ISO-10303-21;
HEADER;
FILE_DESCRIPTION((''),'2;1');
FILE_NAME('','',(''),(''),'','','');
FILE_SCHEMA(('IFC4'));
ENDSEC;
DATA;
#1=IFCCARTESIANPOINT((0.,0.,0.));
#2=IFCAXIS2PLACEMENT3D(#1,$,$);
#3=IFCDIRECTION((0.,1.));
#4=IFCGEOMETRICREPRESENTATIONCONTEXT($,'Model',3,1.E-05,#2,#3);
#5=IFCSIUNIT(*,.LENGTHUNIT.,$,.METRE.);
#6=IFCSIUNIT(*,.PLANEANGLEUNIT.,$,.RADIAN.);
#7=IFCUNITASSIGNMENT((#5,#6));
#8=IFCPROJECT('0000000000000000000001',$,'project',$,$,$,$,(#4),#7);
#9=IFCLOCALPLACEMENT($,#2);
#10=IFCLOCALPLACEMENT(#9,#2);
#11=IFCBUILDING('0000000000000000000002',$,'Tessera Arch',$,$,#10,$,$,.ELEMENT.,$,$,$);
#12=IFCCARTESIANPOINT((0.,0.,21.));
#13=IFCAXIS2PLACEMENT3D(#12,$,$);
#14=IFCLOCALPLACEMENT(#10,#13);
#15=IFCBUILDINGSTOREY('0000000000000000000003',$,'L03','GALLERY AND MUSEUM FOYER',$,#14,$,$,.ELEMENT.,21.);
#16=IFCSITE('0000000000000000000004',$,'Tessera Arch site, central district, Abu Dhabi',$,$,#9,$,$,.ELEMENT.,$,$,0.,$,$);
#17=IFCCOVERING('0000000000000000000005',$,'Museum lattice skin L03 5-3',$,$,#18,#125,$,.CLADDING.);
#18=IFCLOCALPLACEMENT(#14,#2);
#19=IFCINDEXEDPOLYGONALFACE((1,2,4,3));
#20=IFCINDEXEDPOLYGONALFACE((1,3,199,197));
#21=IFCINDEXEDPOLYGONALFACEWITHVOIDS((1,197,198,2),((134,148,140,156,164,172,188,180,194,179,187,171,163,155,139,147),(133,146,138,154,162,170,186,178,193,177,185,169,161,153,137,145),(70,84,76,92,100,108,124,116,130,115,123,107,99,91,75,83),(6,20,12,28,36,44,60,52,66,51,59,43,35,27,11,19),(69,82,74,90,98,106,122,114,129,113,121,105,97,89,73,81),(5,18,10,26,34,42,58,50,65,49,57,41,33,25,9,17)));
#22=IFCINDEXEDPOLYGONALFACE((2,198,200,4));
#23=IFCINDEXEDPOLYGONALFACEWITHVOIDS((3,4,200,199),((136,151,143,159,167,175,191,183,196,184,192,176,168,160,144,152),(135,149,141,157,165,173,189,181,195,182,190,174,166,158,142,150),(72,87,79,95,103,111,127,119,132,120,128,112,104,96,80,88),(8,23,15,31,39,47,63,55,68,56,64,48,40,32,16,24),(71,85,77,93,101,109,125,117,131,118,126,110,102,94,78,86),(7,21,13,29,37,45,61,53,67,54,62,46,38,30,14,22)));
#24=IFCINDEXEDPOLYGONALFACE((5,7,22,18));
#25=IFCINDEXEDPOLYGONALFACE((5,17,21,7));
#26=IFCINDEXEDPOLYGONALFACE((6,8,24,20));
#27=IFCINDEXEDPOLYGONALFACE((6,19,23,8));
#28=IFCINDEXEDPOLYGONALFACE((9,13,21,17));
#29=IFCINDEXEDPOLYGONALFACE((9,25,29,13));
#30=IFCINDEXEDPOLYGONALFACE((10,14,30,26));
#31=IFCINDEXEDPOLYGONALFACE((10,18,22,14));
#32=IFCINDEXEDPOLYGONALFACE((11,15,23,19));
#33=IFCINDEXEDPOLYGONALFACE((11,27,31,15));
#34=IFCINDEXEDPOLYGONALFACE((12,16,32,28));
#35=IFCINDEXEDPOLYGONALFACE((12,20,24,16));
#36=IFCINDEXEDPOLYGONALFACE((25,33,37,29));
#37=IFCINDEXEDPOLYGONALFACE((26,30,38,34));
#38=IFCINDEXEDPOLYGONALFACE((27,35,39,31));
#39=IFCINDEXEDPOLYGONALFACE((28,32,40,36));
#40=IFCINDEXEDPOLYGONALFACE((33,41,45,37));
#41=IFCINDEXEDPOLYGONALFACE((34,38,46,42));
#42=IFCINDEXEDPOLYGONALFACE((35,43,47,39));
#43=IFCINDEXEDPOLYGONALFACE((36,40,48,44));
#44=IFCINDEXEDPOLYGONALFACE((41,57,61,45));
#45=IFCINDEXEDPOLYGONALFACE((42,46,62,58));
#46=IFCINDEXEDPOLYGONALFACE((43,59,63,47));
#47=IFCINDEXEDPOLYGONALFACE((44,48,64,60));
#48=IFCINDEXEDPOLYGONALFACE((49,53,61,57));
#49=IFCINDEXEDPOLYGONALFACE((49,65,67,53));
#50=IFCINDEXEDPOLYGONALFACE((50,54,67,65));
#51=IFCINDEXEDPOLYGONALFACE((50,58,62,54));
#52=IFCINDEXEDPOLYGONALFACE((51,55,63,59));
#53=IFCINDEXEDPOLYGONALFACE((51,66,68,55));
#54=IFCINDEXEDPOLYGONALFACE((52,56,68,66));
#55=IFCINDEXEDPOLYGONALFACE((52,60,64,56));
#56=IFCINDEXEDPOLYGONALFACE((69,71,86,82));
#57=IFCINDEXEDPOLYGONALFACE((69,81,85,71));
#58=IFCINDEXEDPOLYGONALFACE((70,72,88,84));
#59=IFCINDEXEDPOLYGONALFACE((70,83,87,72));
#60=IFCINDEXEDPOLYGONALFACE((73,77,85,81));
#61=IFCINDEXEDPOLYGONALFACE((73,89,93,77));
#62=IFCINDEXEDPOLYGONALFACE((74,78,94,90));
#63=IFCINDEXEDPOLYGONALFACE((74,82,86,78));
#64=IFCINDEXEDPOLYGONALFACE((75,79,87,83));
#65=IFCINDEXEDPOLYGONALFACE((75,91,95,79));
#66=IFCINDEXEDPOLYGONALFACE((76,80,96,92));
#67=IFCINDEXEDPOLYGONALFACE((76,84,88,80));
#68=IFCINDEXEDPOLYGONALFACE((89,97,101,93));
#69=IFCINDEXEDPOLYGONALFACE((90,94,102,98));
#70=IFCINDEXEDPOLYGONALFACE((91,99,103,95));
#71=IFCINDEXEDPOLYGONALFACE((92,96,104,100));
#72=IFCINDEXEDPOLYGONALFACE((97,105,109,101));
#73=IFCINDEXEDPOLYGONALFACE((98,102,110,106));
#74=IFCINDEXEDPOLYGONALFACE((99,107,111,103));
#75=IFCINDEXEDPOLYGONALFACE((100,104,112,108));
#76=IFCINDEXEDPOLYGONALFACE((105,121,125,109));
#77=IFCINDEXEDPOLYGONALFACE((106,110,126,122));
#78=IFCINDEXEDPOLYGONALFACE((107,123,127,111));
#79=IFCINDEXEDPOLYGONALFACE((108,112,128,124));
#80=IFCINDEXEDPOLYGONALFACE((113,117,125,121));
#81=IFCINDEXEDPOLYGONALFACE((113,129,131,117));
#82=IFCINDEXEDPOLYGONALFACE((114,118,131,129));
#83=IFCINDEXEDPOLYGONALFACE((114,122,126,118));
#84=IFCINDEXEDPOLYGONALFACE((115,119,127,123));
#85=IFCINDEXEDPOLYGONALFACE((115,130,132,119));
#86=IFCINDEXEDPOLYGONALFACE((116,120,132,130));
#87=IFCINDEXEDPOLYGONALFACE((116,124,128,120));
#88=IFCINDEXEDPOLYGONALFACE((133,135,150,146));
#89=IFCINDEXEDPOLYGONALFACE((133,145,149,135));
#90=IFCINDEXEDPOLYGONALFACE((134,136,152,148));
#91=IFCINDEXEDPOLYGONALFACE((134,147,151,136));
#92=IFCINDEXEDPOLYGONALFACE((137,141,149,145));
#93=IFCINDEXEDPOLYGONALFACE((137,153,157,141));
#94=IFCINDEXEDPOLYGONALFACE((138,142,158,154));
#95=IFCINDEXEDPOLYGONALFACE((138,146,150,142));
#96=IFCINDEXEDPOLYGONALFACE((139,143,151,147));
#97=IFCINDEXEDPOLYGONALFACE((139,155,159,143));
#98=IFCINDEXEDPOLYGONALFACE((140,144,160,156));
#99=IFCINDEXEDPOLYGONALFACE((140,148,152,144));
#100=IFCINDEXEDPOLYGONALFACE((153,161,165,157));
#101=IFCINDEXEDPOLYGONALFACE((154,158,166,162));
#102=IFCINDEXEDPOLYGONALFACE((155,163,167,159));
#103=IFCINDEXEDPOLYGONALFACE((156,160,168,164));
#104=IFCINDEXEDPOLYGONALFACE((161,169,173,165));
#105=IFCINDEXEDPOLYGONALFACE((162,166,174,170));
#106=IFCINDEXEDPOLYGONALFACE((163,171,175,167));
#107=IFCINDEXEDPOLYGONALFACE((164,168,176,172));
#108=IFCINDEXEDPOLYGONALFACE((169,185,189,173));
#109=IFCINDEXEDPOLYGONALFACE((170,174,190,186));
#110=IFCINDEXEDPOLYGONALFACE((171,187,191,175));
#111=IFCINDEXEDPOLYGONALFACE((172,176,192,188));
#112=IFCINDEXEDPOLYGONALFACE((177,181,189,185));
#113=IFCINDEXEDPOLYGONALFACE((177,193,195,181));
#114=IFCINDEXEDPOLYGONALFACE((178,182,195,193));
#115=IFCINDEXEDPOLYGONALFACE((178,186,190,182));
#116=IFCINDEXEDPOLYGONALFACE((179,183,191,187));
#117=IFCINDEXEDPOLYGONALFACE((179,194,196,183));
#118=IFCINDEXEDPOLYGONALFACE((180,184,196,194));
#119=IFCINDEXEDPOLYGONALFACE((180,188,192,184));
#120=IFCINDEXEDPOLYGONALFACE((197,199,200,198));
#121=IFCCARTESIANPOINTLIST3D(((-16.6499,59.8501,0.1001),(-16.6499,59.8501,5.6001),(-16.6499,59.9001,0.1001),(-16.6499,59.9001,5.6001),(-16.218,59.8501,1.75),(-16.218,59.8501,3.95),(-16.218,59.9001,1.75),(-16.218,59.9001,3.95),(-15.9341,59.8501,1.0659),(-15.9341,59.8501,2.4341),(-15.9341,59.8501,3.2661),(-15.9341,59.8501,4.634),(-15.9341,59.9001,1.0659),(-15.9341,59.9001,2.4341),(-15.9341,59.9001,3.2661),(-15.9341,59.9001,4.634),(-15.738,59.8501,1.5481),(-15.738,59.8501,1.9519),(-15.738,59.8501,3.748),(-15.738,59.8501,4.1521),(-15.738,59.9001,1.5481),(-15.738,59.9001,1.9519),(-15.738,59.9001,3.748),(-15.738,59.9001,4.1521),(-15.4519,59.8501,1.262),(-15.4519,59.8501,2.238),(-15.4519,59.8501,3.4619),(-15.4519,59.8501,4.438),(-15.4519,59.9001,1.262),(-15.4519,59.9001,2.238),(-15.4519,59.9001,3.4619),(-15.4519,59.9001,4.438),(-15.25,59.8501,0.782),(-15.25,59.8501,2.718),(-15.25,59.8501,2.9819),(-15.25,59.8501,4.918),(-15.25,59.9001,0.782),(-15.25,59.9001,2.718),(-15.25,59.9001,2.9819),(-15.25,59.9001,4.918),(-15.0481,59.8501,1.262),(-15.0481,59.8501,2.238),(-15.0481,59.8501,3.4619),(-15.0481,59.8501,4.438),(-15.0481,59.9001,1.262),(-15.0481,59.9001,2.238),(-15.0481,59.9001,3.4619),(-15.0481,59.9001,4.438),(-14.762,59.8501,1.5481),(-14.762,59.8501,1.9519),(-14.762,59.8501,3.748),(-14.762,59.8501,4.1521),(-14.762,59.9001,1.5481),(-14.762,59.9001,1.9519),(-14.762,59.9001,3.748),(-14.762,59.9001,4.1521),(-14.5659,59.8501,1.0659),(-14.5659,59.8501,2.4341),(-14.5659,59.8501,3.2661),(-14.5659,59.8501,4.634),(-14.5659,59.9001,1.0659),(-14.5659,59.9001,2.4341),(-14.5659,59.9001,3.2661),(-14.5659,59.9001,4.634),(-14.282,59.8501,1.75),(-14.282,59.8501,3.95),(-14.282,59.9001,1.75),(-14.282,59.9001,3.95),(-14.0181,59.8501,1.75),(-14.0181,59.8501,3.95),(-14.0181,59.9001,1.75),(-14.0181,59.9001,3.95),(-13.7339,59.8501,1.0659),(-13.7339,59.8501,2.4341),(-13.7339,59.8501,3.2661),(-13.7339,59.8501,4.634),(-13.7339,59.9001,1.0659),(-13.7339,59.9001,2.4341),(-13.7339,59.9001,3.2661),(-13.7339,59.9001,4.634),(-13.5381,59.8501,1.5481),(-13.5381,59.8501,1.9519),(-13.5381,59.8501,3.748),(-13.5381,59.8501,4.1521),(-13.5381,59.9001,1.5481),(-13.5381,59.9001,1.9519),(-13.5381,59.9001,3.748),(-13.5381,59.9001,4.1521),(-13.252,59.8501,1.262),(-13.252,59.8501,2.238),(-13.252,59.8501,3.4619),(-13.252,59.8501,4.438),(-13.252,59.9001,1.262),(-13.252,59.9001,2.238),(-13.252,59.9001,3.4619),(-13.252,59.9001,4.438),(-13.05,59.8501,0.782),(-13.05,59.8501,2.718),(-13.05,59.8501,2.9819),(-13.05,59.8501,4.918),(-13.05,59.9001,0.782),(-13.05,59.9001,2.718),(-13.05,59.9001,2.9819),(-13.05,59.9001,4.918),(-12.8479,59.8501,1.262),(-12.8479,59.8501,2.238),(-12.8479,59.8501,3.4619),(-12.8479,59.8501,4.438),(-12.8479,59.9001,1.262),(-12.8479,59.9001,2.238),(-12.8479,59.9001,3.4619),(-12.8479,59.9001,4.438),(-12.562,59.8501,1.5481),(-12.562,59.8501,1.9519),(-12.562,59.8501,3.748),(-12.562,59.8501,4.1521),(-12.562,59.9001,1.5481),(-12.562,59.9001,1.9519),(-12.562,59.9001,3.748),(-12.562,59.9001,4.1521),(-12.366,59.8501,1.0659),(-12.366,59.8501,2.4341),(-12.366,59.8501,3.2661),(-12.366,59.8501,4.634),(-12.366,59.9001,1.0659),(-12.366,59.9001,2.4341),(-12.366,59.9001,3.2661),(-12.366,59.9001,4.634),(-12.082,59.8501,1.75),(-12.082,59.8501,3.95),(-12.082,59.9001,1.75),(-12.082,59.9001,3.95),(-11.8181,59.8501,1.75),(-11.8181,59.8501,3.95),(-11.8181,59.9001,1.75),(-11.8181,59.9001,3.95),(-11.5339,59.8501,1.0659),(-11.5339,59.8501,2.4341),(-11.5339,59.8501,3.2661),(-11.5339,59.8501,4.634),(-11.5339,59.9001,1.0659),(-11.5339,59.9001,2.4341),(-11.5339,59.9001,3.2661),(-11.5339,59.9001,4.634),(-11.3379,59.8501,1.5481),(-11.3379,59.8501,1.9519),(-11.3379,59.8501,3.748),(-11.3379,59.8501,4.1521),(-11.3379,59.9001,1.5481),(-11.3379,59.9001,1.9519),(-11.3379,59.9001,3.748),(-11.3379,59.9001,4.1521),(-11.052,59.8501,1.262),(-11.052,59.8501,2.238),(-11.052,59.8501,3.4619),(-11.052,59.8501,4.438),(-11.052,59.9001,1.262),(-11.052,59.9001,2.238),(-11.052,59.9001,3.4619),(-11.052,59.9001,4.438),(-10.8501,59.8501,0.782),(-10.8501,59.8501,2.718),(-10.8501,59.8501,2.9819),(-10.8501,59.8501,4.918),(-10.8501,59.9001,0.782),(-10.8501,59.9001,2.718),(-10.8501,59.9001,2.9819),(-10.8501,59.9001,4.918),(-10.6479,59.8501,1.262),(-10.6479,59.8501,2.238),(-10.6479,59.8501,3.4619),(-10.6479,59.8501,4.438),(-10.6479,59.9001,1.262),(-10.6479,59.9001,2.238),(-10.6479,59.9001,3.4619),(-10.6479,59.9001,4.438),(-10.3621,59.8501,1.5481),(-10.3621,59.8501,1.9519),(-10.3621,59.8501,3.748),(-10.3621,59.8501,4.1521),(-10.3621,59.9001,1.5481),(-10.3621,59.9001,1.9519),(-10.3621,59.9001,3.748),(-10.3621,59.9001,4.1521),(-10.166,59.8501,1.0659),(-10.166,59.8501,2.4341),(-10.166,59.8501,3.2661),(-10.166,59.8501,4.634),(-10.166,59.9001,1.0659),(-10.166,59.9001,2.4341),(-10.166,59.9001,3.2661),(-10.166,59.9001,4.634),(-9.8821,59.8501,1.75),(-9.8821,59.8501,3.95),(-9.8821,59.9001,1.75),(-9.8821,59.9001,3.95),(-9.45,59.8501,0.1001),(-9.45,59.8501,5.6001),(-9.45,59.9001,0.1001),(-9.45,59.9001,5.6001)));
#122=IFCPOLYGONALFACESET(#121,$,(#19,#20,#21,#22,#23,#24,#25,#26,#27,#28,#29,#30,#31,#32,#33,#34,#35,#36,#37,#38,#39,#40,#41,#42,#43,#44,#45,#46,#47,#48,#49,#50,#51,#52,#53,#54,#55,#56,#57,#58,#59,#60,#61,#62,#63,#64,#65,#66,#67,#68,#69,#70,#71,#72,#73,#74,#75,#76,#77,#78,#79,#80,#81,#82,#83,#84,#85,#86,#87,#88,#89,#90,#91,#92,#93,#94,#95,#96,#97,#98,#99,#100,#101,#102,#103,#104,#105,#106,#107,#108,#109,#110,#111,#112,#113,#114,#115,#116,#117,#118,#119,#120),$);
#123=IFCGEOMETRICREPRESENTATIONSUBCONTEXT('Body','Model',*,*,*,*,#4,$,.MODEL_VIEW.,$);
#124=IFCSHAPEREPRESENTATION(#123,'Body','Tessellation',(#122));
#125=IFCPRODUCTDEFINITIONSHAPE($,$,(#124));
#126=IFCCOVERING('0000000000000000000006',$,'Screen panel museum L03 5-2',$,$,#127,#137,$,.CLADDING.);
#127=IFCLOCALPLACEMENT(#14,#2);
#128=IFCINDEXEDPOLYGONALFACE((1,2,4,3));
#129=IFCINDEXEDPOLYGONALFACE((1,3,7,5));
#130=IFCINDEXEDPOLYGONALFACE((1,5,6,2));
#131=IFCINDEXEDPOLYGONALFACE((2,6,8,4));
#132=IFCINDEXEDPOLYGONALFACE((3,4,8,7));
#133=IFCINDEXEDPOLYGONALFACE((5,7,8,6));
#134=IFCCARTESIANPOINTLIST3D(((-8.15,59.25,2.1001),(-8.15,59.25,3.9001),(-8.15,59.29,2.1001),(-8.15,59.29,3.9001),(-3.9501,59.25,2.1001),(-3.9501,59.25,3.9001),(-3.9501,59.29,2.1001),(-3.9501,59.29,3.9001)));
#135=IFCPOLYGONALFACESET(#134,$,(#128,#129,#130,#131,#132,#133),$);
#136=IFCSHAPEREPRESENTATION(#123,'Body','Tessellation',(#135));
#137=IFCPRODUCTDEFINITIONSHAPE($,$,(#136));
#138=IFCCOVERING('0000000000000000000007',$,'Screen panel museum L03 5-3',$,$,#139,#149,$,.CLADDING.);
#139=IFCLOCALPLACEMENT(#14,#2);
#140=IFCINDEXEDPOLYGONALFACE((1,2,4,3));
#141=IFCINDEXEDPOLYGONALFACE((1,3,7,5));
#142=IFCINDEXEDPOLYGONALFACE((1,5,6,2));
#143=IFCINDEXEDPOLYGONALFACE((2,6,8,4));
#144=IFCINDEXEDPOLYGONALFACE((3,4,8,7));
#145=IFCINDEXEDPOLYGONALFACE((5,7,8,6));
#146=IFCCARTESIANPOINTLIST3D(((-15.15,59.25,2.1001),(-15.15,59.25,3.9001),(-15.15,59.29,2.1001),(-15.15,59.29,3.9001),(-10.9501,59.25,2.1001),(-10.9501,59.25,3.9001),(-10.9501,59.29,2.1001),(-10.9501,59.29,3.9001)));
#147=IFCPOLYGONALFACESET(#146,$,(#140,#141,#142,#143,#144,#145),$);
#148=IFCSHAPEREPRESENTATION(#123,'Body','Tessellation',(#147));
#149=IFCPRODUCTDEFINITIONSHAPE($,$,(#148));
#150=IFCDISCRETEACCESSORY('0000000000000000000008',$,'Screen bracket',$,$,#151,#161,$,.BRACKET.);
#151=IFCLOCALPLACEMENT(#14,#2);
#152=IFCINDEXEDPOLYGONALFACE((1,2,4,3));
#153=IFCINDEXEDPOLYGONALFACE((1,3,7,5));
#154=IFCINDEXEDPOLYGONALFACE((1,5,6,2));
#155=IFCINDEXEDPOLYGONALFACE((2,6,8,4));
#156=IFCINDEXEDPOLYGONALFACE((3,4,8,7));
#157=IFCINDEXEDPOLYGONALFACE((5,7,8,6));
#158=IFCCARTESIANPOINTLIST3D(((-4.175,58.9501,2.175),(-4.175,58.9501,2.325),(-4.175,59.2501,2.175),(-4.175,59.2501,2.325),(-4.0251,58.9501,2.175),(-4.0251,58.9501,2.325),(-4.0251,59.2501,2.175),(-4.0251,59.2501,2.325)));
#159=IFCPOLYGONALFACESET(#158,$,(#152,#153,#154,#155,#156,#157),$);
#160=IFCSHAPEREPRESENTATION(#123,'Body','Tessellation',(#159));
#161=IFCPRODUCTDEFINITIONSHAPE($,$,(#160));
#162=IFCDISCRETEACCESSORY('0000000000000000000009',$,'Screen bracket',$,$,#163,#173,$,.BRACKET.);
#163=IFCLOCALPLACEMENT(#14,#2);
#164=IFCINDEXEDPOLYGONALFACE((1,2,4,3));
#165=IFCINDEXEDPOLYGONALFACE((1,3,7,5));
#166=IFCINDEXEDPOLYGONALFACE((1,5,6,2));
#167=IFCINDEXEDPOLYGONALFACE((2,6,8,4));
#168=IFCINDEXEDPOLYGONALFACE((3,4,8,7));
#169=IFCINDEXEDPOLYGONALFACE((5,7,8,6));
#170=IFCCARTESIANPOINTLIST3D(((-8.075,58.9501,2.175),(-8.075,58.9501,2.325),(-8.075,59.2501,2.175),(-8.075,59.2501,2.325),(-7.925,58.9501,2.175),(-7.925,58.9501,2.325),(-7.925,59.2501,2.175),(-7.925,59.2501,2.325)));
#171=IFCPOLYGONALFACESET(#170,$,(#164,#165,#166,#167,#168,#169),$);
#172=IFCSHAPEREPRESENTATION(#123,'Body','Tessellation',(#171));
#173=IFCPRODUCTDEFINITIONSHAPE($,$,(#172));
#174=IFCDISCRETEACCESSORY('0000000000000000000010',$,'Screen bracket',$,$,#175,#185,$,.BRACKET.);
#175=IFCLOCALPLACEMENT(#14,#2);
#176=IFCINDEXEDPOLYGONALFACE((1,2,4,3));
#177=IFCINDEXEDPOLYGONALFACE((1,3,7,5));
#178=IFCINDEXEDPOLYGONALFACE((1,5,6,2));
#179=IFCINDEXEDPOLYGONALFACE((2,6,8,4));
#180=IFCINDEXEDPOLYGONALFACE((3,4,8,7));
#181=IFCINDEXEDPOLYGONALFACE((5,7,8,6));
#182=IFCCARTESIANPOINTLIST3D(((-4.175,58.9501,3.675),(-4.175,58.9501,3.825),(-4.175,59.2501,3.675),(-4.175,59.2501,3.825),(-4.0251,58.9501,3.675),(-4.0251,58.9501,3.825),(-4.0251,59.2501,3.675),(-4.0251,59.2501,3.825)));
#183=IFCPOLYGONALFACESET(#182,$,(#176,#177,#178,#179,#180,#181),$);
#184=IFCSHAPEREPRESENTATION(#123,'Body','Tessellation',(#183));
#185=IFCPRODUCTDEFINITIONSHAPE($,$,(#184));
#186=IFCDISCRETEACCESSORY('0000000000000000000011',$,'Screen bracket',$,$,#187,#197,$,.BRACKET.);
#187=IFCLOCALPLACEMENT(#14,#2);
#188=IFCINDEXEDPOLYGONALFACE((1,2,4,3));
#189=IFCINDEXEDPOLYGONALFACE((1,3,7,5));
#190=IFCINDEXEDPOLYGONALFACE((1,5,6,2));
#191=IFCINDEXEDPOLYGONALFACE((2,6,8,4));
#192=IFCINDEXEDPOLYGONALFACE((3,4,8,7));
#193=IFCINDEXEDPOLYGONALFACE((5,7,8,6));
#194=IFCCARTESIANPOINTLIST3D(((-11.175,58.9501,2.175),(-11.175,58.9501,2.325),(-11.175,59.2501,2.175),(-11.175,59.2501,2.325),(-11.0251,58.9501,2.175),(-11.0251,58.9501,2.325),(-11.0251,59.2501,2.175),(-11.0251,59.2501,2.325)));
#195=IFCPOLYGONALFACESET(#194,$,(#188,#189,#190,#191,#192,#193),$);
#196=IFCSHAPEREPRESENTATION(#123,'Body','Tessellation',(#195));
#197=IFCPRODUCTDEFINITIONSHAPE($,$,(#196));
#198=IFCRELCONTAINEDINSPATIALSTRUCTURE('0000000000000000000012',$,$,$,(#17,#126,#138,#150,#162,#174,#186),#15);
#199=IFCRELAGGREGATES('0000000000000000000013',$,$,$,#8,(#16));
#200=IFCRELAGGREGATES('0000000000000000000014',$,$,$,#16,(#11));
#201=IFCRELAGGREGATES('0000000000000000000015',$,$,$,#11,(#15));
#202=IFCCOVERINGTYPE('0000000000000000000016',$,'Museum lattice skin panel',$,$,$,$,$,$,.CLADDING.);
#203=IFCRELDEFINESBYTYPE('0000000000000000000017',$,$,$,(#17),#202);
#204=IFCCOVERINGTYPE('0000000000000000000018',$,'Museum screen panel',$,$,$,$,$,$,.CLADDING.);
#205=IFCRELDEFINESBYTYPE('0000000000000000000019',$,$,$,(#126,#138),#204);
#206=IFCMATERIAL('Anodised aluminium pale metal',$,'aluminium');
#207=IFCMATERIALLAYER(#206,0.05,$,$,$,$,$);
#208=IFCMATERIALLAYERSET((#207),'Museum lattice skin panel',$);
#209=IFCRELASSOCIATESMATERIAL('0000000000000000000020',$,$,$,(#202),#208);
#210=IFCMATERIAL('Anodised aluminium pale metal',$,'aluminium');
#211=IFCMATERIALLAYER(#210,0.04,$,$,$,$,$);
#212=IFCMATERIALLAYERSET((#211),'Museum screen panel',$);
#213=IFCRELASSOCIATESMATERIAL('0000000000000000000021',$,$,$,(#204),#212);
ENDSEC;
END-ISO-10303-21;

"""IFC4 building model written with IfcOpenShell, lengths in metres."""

from ifc_helpers import new_model, si_unit, direction, frame, origin, origin_2d, place, context, subcontext, project, spatial, polyline, rectangle, outline, extrude, material, layer, layer_set, type_object, element, save


model = new_model("IFC4")

# Units and contexts
model_context = context("Model", 3, precision=1e-05, world=origin(), true_north=direction((0.0, 1.0)))
body_context = subcontext(model_context, "Body", "Model", "MODEL_VIEW")
ifc_project = project(units=[si_unit("LENGTHUNIT", "METRE"), si_unit("PLANEANGLEUNIT", "RADIAN")], contexts=[model_context])

# Site, building, storey
site_placement = place(None, origin())
site = spatial("IfcSite", under=ifc_project, at=site_placement, Name="Tessera Arch site, central district, Abu Dhabi", CompositionType="ELEMENT", RefElevation=0.0)
building_placement = place(site_placement, origin())
building = spatial("IfcBuilding", under=site, at=building_placement, Name="Tessera Arch", CompositionType="ELEMENT")
storey_placement = place(building_placement, frame((0.0, 0.0, 21.0)))
storey = spatial("IfcBuildingStorey", under=building, at=storey_placement, Name="L03", Description="GALLERY AND MUSEUM FOYER", CompositionType="ELEMENT", Elevation=21.0)

# Coverings
ifc_material_1 = material(Name="Anodised aluminium pale metal", Category="aluminium")
ifc_layer_1 = layer(ifc_material_1, 0.05)
ifc_layer_set_1 = layer_set([ifc_layer_1], Name="Museum lattice skin panel")
covering_type_1 = type_object("IfcCoveringType", Name="Museum lattice skin panel", PredefinedType="CLADDING", material=ifc_layer_set_1)
covering_1_placement = place(storey_placement, frame((-9.45, 59.8501, 5.6001), z_axis=(0.0, -1.0, 0.0), x_axis=(-1.0, 0.0, 0.0)))
element("IfcCovering", 1, at=covering_1_placement, inside=storey, type_object=covering_type_1, Name="Museum lattice skin L03 5-3", PredefinedType="CLADDING", context=body_context, shape_type="SweptSolid", body=[
    extrude(outline(polyline([(0.0, 0.0), (7.2, 0.0), (7.2, 5.5), (0.0, 5.5), (0.0, 0.0)]), holes=[polyline([(2.3682, 3.8501), (1.8879, 3.6482), (2.084, 3.166), (1.6021, 3.3621), (1.4001, 2.8821), (1.198, 3.3621), (0.7161, 3.166), (0.9121, 3.6482), (0.4321, 3.8501), (0.9121, 4.052), (0.7161, 4.5342), (1.198, 4.3381), (1.4001, 4.8181), (1.6021, 4.3381), (2.084, 4.5342), (1.8879, 4.052), (2.3682, 3.8501)]), polyline([(2.3682, 1.6501), (1.8879, 1.448), (2.084, 0.9661), (1.6021, 1.1621), (1.4001, 0.6821), (1.198, 1.1621), (0.7161, 0.9661), (0.9121, 1.448), (0.4321, 1.6501), (0.9121, 1.8521), (0.7161, 2.334), (1.198, 2.1382), (1.4001, 2.6182), (1.6021, 2.1382), (2.084, 2.334), (1.8879, 1.8521), (2.3682, 1.6501)]), polyline([(4.5681, 3.8501), (4.0881, 3.6482), (4.2839, 3.166), (3.802, 3.3621), (3.6001, 2.8821), (3.3979, 3.3621), (2.916, 3.166), (3.1121, 3.6482), (2.6321, 3.8501), (3.1121, 4.052), (2.916, 4.5342), (3.3979, 4.3381), (3.6001, 4.8181), (3.802, 4.3381), (4.2839, 4.5342), (4.0881, 4.052), (4.5681, 3.8501)]), polyline([(4.5681, 1.6501), (4.0881, 1.448), (4.2839, 0.9661), (3.802, 1.1621), (3.6001, 0.6821), (3.3979, 1.1621), (2.916, 0.9661), (3.1121, 1.448), (2.6321, 1.6501), (3.1121, 1.8521), (2.916, 2.334), (3.3979, 2.1382), (3.6001, 2.6182), (3.802, 2.1382), (4.2839, 2.334), (4.0881, 1.8521), (4.5681, 1.6501)]), polyline([(6.7681, 3.8501), (6.2881, 3.6482), (6.4841, 3.166), (6.002, 3.3621), (5.8, 2.8821), (5.5981, 3.3621), (5.116, 3.166), (5.312, 3.6482), (4.832, 3.8501), (5.312, 4.052), (5.116, 4.5342), (5.5981, 4.3381), (5.8, 4.8181), (6.002, 4.3381), (6.4841, 4.5342), (6.2881, 4.052), (6.7681, 3.8501)]), polyline([(6.7681, 1.6501), (6.2881, 1.448), (6.4841, 0.9661), (6.002, 1.1621), (5.8, 0.6821), (5.5981, 1.1621), (5.116, 0.9661), (5.312, 1.448), (4.832, 1.6501), (5.312, 1.8521), (5.116, 2.334), (5.5981, 2.1382), (5.8, 2.6182), (6.002, 2.1382), (6.4841, 2.334), (6.2881, 1.8521), (6.7681, 1.6501)])]), origin(), (0.0, 0.0, -1.0), 0.05),
])
ifc_material_2 = material(Name="Anodised aluminium pale metal", Category="aluminium")
ifc_layer_2 = layer(ifc_material_2, 0.04)
ifc_layer_set_2 = layer_set([ifc_layer_2], Name="Museum screen panel")
covering_type_2 = type_object("IfcCoveringType", Name="Museum screen panel", PredefinedType="CLADDING", material=ifc_layer_set_2)
for number, where, z_axis, x_axis, name in (
    (2, (-6.05, 59.27, 2.1001), (0.0, 0.0, 1.0), (-1.0, 0.0, 0.0), "Screen panel museum L03 5-2"),
    (3, (-13.05, 59.27, 2.1001), (0.0, 0.0, 1.0), (-1.0, 0.0, 0.0), "Screen panel museum L03 5-3"),
):
    element("IfcCovering", number, at=place(storey_placement, frame(where, z_axis=z_axis, x_axis=x_axis)), inside=storey, type_object=covering_type_2, Name=name, PredefinedType="CLADDING", context=body_context, shape_type="SweptSolid", body=[
        extrude(rectangle(XDim=4.2, YDim=0.04, at=origin_2d()), origin(), (0.0, 0.0, 1.0), 1.8),
    ])

# Discrete accessories
for number, where, z_axis, x_axis, name in (
    (4, (-4.1001, 59.1001, 2.175), (0.0, 0.0, 1.0), (0.0, 1.0, 0.0), "Screen bracket"),
    (5, (-8.0, 59.1001, 2.175), (0.0, 0.0, 1.0), (0.0, 1.0, 0.0), "Screen bracket"),
    (6, (-4.1001, 59.1001, 3.675), (0.0, 0.0, 1.0), (0.0, 1.0, 0.0), "Screen bracket"),
    (7, (-11.1001, 59.1001, 2.175), (0.0, 0.0, 1.0), (0.0, 1.0, 0.0), "Screen bracket"),
):
    element("IfcDiscreteAccessory", number, at=place(storey_placement, frame(where, z_axis=z_axis, x_axis=x_axis)), inside=storey, Name=name, PredefinedType="BRACKET", context=body_context, shape_type="SweptSolid", body=[
        extrude(rectangle(XDim=0.3, YDim=0.1499, at=origin_2d()), origin(), (0.0, 0.0, 1.0), 0.1499),
    ])

save(model, "model.ifc")
